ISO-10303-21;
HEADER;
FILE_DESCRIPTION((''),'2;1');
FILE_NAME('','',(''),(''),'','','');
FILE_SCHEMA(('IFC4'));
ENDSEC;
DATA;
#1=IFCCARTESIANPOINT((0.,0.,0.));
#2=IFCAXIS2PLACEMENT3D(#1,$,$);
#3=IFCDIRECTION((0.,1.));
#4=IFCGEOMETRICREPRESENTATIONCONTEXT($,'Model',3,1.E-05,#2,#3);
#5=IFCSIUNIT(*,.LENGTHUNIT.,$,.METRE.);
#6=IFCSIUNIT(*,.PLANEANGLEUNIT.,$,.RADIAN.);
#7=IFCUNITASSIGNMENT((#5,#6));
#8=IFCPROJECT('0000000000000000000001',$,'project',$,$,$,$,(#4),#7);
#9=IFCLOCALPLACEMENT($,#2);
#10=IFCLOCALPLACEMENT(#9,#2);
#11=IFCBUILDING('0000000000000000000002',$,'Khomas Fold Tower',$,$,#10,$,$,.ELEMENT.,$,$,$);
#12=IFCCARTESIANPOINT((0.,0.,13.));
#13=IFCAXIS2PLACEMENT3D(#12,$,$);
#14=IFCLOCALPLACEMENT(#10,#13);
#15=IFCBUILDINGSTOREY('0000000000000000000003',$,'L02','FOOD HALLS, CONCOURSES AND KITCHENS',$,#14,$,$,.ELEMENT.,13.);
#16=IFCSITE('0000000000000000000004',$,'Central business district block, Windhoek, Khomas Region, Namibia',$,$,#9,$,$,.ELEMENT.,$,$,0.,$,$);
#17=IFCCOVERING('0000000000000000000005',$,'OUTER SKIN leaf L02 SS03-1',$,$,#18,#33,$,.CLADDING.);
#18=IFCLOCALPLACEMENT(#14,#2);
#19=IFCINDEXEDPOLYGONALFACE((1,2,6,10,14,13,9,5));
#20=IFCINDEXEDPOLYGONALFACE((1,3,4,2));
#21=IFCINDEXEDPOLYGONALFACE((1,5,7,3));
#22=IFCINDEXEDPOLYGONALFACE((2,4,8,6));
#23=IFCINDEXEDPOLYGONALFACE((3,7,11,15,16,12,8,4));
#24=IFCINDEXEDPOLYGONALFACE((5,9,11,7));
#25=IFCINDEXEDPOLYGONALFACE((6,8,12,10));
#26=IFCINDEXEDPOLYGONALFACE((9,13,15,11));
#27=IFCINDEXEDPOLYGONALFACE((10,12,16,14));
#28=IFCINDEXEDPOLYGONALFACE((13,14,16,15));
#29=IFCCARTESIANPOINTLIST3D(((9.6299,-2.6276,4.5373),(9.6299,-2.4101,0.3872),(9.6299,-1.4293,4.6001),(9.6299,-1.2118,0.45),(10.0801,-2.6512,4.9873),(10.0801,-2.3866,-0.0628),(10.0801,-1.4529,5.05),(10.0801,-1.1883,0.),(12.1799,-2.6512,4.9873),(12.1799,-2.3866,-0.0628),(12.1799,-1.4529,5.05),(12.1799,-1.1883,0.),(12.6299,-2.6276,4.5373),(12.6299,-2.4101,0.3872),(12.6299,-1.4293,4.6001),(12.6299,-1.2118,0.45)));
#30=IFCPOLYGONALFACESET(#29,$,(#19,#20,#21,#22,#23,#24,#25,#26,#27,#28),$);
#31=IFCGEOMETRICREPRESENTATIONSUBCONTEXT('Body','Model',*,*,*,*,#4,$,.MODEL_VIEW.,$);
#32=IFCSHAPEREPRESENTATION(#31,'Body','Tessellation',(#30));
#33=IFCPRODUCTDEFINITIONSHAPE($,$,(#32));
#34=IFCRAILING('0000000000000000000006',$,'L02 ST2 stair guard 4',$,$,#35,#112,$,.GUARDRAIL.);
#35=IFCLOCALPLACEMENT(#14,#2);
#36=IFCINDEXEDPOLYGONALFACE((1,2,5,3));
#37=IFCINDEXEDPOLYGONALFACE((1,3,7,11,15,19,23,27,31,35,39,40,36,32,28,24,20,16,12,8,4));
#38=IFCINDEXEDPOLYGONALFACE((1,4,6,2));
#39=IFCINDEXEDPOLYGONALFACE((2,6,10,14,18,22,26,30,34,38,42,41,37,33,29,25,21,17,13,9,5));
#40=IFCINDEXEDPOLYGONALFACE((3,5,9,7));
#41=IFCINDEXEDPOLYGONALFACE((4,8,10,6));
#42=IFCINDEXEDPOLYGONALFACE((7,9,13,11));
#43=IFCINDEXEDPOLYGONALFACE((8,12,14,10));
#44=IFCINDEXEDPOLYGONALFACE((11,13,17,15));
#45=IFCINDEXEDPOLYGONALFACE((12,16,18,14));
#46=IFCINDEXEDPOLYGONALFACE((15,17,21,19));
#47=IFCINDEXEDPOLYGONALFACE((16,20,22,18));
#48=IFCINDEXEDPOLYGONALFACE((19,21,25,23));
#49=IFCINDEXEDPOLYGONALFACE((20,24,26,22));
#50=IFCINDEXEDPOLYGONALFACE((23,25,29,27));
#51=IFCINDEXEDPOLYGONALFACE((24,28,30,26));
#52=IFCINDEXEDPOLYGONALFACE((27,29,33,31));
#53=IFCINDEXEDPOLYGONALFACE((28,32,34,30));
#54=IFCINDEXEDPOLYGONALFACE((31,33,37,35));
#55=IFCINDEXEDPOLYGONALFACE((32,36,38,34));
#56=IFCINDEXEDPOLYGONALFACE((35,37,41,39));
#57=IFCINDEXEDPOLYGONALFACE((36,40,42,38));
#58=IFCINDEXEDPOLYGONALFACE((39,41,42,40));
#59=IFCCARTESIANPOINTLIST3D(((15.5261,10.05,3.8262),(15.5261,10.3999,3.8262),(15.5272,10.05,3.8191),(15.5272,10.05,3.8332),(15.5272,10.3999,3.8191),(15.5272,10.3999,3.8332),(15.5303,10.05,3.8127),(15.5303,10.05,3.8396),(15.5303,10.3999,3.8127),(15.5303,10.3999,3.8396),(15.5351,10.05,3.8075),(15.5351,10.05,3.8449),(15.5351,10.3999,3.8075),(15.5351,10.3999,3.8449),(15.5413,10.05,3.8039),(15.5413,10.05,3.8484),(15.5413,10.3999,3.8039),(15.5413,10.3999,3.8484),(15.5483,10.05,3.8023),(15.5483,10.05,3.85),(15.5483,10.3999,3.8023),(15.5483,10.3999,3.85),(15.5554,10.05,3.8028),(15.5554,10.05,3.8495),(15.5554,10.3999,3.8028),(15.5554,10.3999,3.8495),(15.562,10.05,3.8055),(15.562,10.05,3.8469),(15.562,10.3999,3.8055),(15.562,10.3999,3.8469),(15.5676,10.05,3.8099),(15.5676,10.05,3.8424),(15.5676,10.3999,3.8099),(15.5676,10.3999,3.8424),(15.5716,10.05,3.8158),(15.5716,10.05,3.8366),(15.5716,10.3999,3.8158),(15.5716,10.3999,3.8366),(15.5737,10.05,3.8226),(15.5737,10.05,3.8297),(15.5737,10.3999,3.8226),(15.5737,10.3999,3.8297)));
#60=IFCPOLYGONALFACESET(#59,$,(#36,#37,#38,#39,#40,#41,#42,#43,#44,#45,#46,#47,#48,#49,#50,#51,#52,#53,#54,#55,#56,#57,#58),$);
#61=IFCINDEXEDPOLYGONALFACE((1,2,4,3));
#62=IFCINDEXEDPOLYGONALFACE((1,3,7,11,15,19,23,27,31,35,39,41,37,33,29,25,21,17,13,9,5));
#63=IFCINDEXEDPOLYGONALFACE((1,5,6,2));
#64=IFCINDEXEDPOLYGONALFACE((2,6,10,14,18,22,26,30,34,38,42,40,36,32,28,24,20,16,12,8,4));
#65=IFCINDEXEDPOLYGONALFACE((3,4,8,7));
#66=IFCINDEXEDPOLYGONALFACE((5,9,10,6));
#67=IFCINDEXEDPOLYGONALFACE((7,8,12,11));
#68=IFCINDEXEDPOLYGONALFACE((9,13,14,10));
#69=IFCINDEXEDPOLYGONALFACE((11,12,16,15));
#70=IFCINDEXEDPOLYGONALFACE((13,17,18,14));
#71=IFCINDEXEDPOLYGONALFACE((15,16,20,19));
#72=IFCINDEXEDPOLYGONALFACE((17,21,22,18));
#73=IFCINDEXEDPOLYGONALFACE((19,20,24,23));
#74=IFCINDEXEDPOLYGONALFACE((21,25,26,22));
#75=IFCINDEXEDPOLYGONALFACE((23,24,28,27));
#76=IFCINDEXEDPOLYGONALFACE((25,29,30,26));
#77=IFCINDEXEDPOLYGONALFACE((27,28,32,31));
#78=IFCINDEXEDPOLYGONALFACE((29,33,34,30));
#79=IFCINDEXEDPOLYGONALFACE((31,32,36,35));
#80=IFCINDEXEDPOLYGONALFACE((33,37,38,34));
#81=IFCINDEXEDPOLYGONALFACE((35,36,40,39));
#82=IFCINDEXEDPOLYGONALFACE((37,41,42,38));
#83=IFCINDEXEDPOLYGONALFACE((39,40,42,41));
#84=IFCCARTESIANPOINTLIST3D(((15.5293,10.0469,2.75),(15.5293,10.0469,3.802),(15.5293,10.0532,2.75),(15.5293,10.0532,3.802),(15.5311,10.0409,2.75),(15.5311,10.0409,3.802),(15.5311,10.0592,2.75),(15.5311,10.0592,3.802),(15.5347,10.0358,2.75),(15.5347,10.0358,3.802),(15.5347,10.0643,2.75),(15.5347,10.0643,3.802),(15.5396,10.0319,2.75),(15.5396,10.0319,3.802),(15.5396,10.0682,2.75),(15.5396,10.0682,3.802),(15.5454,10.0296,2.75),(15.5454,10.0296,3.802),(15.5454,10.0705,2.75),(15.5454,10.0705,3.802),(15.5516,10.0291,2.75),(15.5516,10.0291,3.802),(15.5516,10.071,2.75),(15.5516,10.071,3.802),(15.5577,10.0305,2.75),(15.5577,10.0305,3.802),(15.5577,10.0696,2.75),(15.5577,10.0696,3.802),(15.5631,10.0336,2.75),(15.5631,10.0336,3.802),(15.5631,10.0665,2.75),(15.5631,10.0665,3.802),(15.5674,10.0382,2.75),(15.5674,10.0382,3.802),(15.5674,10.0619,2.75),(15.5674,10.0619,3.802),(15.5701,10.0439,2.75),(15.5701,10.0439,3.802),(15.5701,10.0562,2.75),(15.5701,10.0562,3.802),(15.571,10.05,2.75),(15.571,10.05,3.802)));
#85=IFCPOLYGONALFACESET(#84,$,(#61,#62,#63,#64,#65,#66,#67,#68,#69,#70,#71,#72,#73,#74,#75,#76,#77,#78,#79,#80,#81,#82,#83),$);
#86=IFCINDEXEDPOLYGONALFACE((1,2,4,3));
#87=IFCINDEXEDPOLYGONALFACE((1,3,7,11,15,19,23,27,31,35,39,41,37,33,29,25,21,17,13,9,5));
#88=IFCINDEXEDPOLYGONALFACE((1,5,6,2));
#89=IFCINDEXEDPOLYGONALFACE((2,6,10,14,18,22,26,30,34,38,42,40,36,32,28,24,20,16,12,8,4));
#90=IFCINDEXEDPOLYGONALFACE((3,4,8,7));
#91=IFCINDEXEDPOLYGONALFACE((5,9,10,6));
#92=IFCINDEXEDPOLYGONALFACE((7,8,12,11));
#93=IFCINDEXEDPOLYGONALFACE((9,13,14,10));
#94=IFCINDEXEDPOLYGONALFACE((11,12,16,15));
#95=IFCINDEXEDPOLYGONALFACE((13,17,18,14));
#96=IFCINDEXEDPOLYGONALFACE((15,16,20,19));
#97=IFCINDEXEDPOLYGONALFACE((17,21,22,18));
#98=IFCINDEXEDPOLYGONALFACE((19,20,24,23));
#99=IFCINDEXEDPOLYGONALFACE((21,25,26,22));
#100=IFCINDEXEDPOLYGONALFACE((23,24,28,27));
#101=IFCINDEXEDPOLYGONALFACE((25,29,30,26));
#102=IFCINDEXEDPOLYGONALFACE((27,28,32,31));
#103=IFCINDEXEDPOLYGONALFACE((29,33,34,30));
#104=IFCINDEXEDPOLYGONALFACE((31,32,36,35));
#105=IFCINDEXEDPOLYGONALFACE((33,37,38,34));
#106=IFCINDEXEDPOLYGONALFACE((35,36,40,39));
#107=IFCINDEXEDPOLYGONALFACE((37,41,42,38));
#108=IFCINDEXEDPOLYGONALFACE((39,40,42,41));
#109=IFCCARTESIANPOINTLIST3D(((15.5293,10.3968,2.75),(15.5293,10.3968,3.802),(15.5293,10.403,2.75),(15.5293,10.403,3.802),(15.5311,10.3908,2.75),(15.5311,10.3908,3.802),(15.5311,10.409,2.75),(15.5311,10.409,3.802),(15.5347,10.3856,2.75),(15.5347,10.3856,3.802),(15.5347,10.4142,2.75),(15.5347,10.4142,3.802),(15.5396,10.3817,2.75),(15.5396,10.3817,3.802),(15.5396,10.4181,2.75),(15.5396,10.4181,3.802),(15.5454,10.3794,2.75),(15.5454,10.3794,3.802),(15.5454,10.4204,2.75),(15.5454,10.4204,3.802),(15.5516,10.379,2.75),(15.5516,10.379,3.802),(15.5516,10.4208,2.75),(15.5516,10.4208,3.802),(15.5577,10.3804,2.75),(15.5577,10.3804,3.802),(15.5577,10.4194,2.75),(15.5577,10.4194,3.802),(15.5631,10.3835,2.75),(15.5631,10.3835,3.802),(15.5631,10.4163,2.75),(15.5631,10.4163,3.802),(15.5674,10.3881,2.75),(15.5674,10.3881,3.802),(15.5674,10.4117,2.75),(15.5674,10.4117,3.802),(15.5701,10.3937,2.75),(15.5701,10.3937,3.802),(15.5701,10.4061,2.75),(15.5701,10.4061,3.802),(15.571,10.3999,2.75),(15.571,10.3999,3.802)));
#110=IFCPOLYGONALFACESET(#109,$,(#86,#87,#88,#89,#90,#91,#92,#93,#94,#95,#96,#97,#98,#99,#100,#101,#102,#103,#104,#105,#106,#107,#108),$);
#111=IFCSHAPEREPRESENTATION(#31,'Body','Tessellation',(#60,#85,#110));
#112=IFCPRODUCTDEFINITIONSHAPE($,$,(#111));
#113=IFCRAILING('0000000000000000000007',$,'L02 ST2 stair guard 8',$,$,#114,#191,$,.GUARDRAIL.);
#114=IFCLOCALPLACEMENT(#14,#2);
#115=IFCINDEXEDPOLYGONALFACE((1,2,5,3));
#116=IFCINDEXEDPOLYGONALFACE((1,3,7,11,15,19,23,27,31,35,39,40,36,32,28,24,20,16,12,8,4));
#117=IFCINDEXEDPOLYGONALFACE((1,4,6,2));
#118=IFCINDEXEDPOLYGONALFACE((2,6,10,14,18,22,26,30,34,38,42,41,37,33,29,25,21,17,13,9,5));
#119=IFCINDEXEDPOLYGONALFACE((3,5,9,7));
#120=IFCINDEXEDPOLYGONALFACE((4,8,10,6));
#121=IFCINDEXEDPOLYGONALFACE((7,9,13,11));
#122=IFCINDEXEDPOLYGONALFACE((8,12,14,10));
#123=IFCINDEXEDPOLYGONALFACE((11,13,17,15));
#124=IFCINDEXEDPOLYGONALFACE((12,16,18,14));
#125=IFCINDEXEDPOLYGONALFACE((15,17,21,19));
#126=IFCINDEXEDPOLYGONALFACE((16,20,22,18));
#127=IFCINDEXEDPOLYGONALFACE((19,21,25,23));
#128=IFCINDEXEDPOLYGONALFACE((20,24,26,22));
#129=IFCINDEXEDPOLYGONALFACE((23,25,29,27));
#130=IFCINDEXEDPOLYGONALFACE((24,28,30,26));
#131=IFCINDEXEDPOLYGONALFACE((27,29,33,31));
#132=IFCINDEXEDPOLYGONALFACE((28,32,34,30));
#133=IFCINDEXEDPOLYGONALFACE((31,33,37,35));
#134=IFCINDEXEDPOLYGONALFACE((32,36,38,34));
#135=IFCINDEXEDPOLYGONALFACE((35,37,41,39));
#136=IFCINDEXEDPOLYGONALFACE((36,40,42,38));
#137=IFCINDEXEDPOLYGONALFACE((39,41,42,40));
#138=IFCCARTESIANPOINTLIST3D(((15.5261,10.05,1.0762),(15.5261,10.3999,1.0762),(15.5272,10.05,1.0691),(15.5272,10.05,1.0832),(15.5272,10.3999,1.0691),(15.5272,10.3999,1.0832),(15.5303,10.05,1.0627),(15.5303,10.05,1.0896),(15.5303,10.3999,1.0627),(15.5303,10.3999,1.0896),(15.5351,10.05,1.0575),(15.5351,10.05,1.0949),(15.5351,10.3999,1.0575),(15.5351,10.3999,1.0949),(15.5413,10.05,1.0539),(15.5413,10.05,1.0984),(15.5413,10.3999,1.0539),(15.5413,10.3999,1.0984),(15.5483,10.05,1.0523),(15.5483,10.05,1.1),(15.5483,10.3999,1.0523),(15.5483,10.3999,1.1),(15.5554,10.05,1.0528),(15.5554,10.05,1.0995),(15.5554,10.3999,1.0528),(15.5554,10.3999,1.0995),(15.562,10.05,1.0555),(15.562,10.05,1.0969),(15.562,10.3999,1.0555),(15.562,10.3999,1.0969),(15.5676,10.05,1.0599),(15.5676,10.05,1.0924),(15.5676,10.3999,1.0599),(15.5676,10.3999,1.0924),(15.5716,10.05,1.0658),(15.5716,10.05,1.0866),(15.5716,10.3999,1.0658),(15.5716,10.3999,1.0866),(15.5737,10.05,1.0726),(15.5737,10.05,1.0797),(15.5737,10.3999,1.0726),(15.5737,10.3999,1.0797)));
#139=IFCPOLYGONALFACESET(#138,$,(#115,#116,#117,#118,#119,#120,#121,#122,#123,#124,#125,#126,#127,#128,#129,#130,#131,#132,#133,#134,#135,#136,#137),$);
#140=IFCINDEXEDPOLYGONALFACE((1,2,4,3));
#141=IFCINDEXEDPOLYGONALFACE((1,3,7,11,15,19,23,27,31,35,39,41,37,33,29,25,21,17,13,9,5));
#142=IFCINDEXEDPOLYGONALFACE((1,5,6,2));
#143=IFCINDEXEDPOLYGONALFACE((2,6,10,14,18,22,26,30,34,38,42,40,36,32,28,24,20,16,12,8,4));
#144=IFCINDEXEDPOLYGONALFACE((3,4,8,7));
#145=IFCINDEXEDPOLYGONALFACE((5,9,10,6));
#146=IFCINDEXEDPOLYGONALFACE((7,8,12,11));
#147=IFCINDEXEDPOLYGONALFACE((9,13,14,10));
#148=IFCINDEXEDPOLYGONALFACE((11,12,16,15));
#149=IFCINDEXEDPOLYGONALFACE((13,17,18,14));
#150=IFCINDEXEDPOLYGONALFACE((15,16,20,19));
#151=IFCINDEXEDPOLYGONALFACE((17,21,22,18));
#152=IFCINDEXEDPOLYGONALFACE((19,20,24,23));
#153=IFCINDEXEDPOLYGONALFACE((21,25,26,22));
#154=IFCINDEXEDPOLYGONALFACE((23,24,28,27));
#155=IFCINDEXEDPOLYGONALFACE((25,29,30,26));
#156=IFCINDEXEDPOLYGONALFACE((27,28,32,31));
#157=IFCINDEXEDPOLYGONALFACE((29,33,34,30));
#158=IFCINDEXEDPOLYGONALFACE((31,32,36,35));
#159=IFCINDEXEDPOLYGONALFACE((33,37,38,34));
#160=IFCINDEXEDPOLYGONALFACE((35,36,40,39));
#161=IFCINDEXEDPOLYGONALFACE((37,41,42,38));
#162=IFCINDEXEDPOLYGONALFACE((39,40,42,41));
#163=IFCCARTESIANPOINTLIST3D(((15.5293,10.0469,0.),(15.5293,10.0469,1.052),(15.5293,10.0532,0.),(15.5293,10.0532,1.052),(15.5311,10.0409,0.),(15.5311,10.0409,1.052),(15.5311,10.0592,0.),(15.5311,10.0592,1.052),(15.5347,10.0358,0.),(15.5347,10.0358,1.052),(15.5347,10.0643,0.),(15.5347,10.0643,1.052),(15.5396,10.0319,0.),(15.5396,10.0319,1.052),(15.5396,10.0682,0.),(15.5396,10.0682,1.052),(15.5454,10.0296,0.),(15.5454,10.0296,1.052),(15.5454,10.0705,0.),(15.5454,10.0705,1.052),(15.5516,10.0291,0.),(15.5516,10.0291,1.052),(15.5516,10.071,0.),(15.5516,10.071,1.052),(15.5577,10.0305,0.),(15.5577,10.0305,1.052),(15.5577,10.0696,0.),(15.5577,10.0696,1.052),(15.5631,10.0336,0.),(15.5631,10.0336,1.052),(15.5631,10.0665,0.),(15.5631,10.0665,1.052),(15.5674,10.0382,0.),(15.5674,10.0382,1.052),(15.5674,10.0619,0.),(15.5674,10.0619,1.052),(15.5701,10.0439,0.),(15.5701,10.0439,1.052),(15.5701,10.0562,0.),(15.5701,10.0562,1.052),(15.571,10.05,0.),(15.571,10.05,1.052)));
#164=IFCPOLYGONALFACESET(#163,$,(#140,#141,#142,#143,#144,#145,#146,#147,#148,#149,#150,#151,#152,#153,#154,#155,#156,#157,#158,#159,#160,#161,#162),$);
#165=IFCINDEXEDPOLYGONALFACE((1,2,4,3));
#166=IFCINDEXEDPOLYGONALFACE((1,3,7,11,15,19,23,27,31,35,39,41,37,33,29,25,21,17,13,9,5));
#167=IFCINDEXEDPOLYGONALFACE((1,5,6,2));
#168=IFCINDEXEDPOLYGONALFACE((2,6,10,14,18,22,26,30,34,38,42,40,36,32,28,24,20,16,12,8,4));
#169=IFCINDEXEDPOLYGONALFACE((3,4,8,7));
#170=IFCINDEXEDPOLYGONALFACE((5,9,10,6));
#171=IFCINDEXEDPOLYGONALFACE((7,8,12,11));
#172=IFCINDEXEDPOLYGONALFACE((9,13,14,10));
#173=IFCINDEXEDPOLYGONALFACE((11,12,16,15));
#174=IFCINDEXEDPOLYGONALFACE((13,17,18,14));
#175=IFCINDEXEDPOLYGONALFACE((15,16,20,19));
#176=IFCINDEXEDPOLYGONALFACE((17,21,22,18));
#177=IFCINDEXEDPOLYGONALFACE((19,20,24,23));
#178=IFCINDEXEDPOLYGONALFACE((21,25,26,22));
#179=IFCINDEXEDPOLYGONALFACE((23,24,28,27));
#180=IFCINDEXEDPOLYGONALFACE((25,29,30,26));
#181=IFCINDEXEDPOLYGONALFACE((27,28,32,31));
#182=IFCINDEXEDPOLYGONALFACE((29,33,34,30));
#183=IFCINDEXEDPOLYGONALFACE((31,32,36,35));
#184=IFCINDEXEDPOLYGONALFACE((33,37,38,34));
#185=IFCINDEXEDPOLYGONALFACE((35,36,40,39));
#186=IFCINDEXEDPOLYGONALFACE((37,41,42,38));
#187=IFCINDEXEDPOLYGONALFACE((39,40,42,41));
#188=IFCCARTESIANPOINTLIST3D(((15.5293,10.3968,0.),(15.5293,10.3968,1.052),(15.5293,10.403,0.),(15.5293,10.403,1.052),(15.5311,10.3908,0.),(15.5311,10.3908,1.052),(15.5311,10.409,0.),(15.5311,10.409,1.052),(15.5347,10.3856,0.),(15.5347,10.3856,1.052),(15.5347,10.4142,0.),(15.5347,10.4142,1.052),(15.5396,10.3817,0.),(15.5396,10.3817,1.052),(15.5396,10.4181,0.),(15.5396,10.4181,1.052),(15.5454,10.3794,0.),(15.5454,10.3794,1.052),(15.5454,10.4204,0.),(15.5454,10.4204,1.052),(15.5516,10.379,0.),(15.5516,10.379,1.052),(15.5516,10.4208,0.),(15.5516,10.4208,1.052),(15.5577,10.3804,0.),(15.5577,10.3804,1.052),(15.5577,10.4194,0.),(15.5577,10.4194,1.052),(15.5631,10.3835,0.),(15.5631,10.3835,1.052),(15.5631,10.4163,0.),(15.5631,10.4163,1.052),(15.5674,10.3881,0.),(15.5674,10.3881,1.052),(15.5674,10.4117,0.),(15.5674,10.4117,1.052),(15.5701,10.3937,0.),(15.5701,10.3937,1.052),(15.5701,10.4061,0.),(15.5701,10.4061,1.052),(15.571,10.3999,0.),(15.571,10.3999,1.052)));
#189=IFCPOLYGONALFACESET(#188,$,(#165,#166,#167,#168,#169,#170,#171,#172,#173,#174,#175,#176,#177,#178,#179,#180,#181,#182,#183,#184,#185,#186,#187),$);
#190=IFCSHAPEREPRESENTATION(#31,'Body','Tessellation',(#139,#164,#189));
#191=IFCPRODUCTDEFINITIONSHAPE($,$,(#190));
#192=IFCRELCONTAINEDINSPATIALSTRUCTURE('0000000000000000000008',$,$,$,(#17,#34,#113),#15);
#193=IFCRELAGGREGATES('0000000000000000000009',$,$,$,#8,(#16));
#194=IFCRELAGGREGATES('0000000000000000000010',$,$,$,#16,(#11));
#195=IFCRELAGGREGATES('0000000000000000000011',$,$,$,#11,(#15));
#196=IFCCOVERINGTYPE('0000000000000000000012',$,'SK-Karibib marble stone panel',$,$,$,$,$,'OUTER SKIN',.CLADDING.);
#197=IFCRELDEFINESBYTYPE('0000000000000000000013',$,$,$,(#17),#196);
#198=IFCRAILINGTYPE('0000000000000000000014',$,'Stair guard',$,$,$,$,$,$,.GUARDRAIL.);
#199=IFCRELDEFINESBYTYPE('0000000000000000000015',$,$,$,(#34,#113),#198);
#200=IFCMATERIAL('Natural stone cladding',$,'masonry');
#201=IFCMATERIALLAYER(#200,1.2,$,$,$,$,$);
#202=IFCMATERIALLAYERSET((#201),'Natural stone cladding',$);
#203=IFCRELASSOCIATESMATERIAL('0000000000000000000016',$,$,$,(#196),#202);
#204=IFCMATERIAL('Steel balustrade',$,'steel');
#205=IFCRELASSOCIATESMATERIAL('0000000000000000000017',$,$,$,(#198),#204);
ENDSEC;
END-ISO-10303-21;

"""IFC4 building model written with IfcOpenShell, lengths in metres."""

from ifc_helpers import new_model, si_unit, direction, frame, origin, origin_2d, place, context, subcontext, project, spatial, polyline, circle, outline, extrude, source, transform, mapped, material, layer, layer_set, type_object, element, save


model = new_model("IFC4")

# Units and contexts
model_context = context("Model", 3, precision=1e-05, world=origin(), true_north=direction((0.0, 1.0)))
body_context = subcontext(model_context, "Body", "Model", "MODEL_VIEW")
ifc_project = project(units=[si_unit("LENGTHUNIT", "METRE"), si_unit("PLANEANGLEUNIT", "RADIAN")], contexts=[model_context])

# Site, building, storey
site_placement = place(None, origin())
site = spatial("IfcSite", under=ifc_project, at=site_placement, Name="Central business district block, Windhoek, Khomas Region, Namibia", CompositionType="ELEMENT", RefElevation=0.0)
building_placement = place(site_placement, origin())
building = spatial("IfcBuilding", under=site, at=building_placement, Name="Khomas Fold Tower", CompositionType="ELEMENT")
storey_placement = place(building_placement, frame((0.0, 0.0, 13.0)))
storey = spatial("IfcBuildingStorey", under=building, at=storey_placement, Name="L02", Description="FOOD HALLS, CONCOURSES AND KITCHENS", CompositionType="ELEMENT", Elevation=13.0)

# Covering
ifc_material_1 = material(Name="Natural stone cladding", Category="masonry")
ifc_layer_1 = layer(ifc_material_1, 1.2)
ifc_layer_set_1 = layer_set([ifc_layer_1], Name="Natural stone cladding")
covering_type_1 = type_object("IfcCoveringType", Name="SK-Karibib marble stone panel", ElementType="OUTER SKIN", PredefinedType="CLADDING", material=ifc_layer_set_1)
covering_1_placement = place(storey_placement, frame((10.0801, -1.4529, 5.05), z_axis=(0.0, 0.99863, 0.052327), x_axis=(1.0, 0.0, 0.0)))
element("IfcCovering", 1, at=covering_1_placement, inside=storey, type_object=covering_type_1, Name="OUTER SKIN leaf L02 SS03-1", PredefinedType="CLADDING", context=body_context, shape_type="SweptSolid", body=[
    extrude(outline(polyline([(0.0, 0.0), (2.0999, 0.0), (2.5498, 0.4506), (2.5498, 4.6064), (2.0999, 5.057), (0.0, 5.057), (-0.4502, 4.6064), (-0.4502, 0.4506), (0.0, 0.0)])), origin(), (0.0, 0.0, -1.0), 1.2),
])

# Railings
ifc_material_2 = material(Name="Steel balustrade", Category="steel")
railing_type_1 = type_object("IfcRailingType", Name="Stair guard", PredefinedType="GUARDRAIL", material=ifc_material_2)
shared_shape_1 = source(origin(), body_context, "Body", "SweptSolid", [
    extrude(circle(Radius=0.0239, at=origin_2d()), frame((0.0, 0.0, 1.0762), z_axis=(0.0, 1.0, 0.0), x_axis=(-1.0, 0.0, 0.0)), (0.0, 0.0, 1.0), 0.3499),
    extrude(circle(Radius=0.021, at=origin_2d()), origin(), (0.0, 0.0, 1.0), 1.052),
    extrude(circle(Radius=0.021, at=origin_2d()), frame((0.0, 0.3499, 0.0)), (0.0, 0.0, 1.0), 1.052),
])
for number, where, name in (
    (2, (15.55, 10.05, 2.75), "L02 ST2 stair guard 4"),
    (3, (15.55, 10.05, 0.0), "L02 ST2 stair guard 8"),
):
    element("IfcRailing", number, at=place(storey_placement, frame(where)), inside=storey, type_object=railing_type_1, Name=name, PredefinedType="GUARDRAIL", context=body_context, shape_type="MappedRepresentation", body=[
        mapped(shared_shape_1, transform((0.0, 0.0, 0.0))),
    ])

save(model, "model.ifc")
